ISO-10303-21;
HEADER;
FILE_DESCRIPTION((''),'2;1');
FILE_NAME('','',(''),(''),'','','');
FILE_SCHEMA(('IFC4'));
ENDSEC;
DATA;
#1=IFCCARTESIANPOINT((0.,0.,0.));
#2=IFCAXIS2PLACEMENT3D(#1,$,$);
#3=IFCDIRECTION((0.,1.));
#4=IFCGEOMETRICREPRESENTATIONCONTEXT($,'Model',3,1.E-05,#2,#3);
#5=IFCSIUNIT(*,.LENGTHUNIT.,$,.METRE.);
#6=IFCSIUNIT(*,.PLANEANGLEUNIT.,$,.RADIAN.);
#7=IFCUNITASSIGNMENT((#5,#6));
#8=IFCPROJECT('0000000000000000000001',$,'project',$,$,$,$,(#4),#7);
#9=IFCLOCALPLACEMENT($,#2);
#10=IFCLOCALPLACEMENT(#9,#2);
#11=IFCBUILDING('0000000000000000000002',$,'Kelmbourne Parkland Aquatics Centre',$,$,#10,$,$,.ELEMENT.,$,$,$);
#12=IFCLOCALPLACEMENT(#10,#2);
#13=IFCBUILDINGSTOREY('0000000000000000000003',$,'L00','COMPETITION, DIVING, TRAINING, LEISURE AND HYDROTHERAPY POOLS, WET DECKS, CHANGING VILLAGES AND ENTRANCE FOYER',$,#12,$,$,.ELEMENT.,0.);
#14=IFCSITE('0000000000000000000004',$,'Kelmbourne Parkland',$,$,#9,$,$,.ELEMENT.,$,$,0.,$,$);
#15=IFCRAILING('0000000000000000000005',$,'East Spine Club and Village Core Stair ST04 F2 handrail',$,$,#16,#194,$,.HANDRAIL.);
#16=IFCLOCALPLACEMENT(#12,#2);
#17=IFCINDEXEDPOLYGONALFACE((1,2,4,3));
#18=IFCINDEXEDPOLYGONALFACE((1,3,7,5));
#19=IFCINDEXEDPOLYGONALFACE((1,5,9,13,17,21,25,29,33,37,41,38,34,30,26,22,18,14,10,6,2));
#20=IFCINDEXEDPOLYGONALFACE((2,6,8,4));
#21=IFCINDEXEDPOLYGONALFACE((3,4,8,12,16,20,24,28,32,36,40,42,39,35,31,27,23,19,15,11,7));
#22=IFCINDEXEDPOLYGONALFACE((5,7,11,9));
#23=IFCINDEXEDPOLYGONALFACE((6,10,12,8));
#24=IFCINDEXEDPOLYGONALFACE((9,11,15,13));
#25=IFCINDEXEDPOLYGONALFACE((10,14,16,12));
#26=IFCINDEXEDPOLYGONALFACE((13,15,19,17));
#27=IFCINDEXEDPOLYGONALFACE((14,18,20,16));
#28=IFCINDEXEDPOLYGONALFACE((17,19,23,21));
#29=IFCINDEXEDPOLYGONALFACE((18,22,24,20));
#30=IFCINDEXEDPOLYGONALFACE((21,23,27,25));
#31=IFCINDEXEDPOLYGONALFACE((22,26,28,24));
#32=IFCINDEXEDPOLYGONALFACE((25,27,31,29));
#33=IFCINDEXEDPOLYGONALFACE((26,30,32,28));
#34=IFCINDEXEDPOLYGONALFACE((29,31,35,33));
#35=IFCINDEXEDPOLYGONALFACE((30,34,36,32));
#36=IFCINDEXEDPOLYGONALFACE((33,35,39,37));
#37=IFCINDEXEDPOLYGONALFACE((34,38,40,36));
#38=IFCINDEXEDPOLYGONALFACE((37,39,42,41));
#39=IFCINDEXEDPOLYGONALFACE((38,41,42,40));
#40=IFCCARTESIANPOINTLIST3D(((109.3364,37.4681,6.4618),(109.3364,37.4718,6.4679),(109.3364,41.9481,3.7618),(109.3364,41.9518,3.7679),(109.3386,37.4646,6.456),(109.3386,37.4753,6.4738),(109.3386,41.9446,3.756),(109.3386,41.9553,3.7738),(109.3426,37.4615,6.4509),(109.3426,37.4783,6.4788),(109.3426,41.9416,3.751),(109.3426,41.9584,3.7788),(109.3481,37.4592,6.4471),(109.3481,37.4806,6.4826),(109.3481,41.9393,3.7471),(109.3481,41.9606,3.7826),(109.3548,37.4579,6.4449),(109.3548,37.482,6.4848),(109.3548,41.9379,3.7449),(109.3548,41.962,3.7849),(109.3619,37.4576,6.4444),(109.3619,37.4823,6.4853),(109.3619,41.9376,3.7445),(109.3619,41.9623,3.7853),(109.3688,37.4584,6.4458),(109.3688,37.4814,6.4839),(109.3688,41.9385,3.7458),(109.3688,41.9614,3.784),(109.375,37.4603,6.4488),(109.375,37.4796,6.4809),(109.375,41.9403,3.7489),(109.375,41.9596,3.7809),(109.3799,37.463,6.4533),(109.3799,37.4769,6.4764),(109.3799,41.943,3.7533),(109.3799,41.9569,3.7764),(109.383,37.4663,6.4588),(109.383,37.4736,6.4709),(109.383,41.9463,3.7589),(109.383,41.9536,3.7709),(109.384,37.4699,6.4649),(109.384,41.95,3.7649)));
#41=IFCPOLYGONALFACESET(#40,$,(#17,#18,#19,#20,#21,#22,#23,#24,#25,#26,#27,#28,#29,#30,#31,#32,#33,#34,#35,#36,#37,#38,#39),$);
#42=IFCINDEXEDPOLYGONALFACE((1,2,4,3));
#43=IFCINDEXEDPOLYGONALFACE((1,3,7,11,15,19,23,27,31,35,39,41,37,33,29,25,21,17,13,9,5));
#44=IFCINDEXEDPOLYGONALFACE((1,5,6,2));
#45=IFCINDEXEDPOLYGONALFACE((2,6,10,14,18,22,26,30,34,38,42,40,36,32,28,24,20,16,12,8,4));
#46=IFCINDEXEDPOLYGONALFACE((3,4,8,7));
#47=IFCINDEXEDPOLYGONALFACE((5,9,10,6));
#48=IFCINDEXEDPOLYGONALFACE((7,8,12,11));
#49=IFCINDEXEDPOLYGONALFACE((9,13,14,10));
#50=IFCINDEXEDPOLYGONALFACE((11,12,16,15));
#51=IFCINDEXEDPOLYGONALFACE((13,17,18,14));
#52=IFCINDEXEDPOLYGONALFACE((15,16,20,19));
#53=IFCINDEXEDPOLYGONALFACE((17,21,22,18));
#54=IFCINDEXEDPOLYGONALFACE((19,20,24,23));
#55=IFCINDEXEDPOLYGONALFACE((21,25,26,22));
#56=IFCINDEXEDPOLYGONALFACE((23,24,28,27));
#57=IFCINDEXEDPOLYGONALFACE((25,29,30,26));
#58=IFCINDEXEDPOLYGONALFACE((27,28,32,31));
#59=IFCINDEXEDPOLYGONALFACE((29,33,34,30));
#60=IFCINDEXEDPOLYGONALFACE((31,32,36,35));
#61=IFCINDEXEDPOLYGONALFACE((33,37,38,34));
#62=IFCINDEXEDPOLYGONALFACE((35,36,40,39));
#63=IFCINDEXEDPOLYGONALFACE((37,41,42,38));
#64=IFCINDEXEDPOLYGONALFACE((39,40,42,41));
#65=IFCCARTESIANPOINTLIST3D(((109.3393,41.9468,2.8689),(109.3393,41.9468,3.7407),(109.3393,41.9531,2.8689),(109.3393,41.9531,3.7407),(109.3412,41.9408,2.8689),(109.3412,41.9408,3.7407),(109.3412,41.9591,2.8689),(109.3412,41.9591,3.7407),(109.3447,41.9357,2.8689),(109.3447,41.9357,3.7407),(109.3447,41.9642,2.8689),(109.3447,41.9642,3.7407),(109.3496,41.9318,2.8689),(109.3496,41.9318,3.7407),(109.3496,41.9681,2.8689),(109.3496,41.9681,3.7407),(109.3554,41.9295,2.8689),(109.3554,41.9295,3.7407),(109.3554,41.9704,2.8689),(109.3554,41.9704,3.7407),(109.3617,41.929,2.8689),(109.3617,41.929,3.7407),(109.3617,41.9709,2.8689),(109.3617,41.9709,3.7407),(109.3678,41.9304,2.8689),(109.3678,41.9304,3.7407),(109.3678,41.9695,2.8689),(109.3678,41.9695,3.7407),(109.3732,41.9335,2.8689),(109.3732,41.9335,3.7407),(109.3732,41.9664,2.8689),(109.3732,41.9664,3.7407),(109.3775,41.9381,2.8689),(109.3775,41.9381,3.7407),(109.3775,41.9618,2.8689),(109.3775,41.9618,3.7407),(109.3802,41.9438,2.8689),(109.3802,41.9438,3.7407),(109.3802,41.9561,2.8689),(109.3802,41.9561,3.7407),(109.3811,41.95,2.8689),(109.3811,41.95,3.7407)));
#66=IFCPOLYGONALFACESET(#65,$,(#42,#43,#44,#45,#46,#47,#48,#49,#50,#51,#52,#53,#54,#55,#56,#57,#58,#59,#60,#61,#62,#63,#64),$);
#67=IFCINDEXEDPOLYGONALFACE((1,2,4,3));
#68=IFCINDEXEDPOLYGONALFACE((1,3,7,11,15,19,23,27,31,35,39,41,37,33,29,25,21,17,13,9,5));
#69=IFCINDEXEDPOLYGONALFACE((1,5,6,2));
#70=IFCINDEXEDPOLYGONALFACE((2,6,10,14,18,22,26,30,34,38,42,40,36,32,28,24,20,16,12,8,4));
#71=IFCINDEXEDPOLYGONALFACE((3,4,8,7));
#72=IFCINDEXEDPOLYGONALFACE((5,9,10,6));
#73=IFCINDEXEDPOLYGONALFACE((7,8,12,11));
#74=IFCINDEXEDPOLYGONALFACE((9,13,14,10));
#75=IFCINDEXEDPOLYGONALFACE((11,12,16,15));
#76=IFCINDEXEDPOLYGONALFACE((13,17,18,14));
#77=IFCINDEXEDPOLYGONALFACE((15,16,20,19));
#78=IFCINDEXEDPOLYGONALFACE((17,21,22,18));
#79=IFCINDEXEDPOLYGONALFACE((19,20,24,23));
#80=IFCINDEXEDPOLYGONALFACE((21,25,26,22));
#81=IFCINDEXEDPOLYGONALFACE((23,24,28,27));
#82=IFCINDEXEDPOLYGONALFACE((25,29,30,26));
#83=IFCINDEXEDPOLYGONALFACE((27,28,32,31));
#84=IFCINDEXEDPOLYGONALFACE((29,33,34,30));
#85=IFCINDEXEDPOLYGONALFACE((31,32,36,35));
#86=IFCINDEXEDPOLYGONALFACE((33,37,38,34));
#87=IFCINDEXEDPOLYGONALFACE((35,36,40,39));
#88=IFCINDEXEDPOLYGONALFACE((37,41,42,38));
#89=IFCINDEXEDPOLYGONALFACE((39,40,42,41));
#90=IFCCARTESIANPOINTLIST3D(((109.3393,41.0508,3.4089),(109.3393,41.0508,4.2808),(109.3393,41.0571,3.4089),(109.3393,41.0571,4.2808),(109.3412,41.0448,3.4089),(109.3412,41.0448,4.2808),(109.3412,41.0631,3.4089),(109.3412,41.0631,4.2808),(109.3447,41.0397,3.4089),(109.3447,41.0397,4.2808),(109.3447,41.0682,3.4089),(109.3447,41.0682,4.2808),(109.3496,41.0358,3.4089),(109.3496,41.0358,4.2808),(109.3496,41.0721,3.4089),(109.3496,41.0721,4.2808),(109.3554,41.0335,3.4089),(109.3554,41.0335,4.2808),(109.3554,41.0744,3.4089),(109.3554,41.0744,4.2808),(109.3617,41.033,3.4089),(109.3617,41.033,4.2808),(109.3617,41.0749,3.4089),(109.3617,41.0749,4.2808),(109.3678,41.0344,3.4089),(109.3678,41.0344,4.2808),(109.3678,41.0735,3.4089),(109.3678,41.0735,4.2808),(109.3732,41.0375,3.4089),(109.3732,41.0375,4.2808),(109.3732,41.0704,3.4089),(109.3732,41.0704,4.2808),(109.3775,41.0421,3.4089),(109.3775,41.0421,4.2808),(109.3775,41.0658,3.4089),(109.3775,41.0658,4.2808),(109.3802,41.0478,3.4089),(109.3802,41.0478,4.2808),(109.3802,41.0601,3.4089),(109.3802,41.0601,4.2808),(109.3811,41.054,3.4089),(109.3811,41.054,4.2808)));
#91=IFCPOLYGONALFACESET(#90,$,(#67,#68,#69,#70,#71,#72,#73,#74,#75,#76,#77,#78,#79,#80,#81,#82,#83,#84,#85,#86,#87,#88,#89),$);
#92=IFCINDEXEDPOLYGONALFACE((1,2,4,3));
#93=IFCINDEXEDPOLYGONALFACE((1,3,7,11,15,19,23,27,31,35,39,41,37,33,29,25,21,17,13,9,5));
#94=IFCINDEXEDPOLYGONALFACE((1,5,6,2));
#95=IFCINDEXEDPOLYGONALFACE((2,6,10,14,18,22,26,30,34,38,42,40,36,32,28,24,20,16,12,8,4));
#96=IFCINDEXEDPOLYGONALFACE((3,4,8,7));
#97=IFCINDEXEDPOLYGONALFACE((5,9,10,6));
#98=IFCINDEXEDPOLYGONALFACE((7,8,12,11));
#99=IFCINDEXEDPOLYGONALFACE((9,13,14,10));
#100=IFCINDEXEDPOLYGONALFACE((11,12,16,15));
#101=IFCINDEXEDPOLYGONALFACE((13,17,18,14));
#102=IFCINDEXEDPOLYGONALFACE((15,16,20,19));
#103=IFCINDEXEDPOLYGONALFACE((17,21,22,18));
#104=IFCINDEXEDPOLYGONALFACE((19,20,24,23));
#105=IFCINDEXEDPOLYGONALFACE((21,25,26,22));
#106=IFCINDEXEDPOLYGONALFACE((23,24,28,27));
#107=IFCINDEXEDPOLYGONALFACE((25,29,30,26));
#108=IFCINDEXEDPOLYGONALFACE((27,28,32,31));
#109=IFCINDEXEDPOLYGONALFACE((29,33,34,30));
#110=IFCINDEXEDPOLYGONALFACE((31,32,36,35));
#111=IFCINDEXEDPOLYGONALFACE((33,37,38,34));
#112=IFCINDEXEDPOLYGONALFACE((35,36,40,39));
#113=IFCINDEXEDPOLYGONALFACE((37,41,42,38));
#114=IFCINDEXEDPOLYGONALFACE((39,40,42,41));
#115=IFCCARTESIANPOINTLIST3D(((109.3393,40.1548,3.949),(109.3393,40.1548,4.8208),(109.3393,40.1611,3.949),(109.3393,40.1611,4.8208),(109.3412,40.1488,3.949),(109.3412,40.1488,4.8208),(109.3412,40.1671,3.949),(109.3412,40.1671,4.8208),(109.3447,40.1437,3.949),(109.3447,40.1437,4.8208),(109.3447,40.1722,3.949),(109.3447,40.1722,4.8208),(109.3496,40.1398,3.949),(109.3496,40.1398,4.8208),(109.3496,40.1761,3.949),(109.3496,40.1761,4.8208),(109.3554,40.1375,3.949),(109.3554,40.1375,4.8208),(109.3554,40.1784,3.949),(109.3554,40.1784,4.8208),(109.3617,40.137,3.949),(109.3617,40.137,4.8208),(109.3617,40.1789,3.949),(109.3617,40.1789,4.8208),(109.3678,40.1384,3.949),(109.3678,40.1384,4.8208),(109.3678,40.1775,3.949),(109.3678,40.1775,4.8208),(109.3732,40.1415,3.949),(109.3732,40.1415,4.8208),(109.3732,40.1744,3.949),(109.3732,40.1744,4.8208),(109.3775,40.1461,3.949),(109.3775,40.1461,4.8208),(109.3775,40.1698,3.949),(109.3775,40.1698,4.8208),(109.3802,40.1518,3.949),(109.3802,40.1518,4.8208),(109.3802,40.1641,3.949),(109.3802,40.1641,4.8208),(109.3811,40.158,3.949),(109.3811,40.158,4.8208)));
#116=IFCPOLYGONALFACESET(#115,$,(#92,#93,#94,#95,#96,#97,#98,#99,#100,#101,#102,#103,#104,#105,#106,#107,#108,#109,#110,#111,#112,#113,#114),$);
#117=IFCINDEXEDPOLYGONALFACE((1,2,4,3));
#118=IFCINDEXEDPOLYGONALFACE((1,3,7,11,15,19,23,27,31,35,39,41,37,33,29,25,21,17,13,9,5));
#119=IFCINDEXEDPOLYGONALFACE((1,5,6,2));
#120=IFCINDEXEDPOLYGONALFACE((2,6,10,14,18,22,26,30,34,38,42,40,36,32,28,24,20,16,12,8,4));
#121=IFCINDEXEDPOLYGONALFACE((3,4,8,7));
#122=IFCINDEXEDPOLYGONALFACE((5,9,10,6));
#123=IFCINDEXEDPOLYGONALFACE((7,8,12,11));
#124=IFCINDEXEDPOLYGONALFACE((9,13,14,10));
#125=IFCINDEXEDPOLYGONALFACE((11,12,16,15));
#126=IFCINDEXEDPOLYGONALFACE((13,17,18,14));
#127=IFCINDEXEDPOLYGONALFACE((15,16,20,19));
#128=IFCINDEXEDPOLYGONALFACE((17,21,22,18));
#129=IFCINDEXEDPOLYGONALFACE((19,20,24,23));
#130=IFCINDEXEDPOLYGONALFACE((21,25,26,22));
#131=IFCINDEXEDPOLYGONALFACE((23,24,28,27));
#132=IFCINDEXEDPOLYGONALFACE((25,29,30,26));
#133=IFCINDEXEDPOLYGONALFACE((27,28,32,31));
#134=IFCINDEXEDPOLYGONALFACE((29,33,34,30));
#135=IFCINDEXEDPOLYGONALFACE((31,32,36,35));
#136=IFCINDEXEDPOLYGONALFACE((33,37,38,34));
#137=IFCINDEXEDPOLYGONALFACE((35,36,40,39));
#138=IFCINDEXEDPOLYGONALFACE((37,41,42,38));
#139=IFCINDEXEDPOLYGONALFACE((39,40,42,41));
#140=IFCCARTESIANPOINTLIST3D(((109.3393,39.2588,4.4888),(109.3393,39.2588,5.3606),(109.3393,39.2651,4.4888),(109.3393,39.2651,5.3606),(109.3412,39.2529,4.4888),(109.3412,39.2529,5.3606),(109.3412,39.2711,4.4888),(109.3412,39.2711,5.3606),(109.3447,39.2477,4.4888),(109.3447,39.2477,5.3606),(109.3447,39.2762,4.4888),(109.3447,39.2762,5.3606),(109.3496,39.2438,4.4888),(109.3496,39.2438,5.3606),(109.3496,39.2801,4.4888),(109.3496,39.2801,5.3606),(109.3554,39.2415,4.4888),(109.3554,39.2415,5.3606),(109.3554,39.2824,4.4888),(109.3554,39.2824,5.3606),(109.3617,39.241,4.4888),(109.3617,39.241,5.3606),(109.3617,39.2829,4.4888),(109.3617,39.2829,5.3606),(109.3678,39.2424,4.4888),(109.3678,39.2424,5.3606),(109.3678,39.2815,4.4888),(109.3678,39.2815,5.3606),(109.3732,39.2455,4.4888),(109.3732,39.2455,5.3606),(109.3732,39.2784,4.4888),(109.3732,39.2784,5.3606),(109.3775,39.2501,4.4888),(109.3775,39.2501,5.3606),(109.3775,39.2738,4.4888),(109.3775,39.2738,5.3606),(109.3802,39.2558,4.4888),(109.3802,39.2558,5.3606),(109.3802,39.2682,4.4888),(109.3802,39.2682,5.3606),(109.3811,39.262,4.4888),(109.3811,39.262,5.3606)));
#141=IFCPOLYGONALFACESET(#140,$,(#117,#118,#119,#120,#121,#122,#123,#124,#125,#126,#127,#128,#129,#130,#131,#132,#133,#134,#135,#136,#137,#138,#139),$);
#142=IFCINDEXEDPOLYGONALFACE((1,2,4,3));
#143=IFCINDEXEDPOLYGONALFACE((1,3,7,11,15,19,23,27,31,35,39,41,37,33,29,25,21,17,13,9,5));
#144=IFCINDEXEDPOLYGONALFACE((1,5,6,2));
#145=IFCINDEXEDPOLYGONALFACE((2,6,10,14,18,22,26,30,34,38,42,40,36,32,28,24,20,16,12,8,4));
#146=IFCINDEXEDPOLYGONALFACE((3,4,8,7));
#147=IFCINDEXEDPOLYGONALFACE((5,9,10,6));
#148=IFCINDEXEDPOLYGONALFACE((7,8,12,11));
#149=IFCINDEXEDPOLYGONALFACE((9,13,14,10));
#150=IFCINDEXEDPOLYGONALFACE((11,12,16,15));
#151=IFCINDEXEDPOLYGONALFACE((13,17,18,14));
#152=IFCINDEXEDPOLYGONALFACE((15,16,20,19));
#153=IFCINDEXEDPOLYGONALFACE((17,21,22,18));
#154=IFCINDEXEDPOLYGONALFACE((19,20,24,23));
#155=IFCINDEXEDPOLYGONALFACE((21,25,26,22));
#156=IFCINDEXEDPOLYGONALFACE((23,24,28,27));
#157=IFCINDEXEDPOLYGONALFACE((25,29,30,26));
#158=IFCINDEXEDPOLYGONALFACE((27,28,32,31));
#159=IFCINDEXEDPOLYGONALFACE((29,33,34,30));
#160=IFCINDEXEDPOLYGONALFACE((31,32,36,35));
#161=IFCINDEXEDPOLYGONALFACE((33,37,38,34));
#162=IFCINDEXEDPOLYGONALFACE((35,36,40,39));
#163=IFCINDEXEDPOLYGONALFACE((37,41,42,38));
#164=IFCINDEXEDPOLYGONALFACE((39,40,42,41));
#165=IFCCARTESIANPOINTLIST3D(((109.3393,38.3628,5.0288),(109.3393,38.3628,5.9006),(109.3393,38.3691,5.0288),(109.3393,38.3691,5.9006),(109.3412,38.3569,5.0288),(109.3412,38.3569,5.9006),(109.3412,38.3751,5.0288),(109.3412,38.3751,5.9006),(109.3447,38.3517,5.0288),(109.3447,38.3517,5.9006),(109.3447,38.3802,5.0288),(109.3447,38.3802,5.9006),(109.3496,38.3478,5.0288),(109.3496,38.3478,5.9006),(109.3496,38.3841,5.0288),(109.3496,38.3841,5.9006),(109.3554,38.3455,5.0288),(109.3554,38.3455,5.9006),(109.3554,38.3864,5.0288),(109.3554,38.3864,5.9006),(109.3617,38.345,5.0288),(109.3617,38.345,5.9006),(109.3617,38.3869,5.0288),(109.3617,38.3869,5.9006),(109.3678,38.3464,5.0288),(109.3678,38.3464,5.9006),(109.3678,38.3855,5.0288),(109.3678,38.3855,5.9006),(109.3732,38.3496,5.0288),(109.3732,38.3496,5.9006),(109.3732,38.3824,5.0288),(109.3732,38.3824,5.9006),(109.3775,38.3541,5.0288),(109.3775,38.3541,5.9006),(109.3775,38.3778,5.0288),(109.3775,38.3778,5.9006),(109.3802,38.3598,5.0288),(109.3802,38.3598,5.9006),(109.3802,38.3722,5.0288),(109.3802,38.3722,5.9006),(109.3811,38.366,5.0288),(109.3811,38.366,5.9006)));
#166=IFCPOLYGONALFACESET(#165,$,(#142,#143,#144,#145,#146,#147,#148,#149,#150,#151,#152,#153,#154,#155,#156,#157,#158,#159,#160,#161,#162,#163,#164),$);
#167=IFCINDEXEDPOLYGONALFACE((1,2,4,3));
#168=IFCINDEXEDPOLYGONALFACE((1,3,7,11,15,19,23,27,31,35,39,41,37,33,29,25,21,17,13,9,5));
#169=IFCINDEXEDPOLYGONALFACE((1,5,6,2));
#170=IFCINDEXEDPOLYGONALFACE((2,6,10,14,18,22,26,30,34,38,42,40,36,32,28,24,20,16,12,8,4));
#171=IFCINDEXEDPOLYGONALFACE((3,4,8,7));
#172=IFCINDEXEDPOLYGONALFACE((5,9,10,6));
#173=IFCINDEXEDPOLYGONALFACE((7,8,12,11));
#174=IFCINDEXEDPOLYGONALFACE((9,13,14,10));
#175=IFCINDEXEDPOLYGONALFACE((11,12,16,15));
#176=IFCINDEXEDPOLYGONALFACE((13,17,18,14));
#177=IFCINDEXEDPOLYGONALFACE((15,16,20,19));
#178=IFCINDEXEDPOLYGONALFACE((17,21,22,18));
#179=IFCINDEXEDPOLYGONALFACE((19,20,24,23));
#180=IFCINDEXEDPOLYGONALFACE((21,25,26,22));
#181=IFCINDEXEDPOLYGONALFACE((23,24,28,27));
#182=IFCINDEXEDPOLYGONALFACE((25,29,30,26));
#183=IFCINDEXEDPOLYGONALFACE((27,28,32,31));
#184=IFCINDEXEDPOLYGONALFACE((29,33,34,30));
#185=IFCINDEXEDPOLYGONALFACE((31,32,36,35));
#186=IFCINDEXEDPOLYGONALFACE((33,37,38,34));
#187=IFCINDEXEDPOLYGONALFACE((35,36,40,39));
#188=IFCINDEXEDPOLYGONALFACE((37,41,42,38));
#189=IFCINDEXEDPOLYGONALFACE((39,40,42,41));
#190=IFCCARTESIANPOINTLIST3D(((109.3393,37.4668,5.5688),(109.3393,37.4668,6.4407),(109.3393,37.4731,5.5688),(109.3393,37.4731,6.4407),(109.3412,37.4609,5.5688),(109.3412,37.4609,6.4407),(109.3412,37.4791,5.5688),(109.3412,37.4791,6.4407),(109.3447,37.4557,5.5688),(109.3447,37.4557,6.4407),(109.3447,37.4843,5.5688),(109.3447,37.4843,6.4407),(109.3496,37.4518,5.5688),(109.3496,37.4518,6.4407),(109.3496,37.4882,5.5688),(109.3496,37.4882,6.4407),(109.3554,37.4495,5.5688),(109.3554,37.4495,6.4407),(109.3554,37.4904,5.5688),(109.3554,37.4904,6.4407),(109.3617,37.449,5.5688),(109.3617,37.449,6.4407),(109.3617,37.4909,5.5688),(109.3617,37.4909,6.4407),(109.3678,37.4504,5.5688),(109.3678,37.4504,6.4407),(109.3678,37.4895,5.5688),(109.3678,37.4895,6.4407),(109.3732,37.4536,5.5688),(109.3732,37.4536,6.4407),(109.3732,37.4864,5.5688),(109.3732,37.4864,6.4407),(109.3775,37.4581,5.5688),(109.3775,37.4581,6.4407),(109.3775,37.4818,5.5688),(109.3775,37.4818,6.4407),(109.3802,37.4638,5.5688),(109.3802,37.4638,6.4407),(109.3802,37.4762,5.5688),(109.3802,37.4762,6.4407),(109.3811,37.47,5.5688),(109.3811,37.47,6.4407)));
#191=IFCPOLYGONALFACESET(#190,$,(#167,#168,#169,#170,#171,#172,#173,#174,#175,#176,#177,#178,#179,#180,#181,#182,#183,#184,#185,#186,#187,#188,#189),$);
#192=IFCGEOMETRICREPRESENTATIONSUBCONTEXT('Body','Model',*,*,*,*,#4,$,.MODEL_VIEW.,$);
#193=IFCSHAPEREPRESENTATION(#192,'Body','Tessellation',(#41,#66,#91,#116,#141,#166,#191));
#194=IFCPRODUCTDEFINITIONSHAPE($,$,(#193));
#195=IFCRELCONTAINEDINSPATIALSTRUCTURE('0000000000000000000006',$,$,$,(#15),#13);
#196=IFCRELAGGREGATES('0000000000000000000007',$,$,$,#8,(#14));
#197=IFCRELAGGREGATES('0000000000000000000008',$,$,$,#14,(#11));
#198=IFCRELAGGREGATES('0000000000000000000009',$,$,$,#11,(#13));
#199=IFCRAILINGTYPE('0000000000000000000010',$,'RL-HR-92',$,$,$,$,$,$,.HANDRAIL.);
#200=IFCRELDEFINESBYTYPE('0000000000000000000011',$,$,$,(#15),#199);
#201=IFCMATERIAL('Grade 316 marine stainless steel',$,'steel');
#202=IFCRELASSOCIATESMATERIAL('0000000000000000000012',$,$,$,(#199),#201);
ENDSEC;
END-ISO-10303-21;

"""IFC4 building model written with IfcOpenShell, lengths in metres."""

from ifc_helpers import new_model, si_unit, direction, frame, origin, origin_2d, place, context, subcontext, project, spatial, circle, extrude, material, type_object, element, save


model = new_model("IFC4")

# Units and contexts
model_context = context("Model", 3, precision=1e-05, world=origin(), true_north=direction((0.0, 1.0)))
body_context = subcontext(model_context, "Body", "Model", "MODEL_VIEW")
ifc_project = project(units=[si_unit("LENGTHUNIT", "METRE"), si_unit("PLANEANGLEUNIT", "RADIAN")], contexts=[model_context])

# Site, building, storey
site_placement = place(None, origin())
site = spatial("IfcSite", under=ifc_project, at=site_placement, Name="Kelmbourne Parkland", CompositionType="ELEMENT", RefElevation=0.0)
building_placement = place(site_placement, origin())
building = spatial("IfcBuilding", under=site, at=building_placement, Name="Kelmbourne Parkland Aquatics Centre", CompositionType="ELEMENT")
storey_placement = place(building_placement, origin())
storey = spatial("IfcBuildingStorey", under=building, at=storey_placement, Name="L00", Description="COMPETITION, DIVING, TRAINING, LEISURE AND HYDROTHERAPY POOLS, WET DECKS, CHANGING VILLAGES AND ENTRANCE FOYER", CompositionType="ELEMENT", Elevation=0.0)

# Railing
ifc_material_1 = material(Name="Grade 316 marine stainless steel", Category="steel")
railing_type_1 = type_object("IfcRailingType", Name="RL-HR-92", PredefinedType="HANDRAIL", material=ifc_material_1)
railing_1_placement = place(storey_placement, frame((109.3601, 41.95, 2.8689)))
element("IfcRailing", 1, at=railing_1_placement, inside=storey, type_object=railing_type_1, Name="East Spine Club and Village Core Stair ST04 F2 handrail", PredefinedType="HANDRAIL", context=body_context, shape_type="SweptSolid", body=[
    extrude(circle(Radius=0.0239, at=origin_2d()), frame((0.0, 0.0, 0.896), z_axis=(0.0, -0.856482, 0.516176), x_axis=(1.0, 0.0, 0.0)), (0.0, 0.0, 1.0), 5.2307),
    extrude(circle(Radius=0.021, at=origin_2d()), origin(), (0.0, 0.0, 1.0), 0.8718),
    extrude(circle(Radius=0.021, at=origin_2d()), frame((0.0, -0.896, 0.54)), (0.0, 0.0, 1.0), 0.8718),
    extrude(circle(Radius=0.021, at=origin_2d()), frame((0.0, -1.792, 1.0801)), (0.0, 0.0, 1.0), 0.8718),
    extrude(circle(Radius=0.021, at=origin_2d()), frame((0.0, -2.688, 1.6199)), (0.0, 0.0, 1.0), 0.8718),
    extrude(circle(Radius=0.021, at=origin_2d()), frame((0.0, -3.584, 2.1599)), (0.0, 0.0, 1.0), 0.8718),
    extrude(circle(Radius=0.021, at=origin_2d()), frame((0.0, -4.48, 2.7)), (0.0, 0.0, 1.0), 0.8718),
])

save(model, "model.ifc")
